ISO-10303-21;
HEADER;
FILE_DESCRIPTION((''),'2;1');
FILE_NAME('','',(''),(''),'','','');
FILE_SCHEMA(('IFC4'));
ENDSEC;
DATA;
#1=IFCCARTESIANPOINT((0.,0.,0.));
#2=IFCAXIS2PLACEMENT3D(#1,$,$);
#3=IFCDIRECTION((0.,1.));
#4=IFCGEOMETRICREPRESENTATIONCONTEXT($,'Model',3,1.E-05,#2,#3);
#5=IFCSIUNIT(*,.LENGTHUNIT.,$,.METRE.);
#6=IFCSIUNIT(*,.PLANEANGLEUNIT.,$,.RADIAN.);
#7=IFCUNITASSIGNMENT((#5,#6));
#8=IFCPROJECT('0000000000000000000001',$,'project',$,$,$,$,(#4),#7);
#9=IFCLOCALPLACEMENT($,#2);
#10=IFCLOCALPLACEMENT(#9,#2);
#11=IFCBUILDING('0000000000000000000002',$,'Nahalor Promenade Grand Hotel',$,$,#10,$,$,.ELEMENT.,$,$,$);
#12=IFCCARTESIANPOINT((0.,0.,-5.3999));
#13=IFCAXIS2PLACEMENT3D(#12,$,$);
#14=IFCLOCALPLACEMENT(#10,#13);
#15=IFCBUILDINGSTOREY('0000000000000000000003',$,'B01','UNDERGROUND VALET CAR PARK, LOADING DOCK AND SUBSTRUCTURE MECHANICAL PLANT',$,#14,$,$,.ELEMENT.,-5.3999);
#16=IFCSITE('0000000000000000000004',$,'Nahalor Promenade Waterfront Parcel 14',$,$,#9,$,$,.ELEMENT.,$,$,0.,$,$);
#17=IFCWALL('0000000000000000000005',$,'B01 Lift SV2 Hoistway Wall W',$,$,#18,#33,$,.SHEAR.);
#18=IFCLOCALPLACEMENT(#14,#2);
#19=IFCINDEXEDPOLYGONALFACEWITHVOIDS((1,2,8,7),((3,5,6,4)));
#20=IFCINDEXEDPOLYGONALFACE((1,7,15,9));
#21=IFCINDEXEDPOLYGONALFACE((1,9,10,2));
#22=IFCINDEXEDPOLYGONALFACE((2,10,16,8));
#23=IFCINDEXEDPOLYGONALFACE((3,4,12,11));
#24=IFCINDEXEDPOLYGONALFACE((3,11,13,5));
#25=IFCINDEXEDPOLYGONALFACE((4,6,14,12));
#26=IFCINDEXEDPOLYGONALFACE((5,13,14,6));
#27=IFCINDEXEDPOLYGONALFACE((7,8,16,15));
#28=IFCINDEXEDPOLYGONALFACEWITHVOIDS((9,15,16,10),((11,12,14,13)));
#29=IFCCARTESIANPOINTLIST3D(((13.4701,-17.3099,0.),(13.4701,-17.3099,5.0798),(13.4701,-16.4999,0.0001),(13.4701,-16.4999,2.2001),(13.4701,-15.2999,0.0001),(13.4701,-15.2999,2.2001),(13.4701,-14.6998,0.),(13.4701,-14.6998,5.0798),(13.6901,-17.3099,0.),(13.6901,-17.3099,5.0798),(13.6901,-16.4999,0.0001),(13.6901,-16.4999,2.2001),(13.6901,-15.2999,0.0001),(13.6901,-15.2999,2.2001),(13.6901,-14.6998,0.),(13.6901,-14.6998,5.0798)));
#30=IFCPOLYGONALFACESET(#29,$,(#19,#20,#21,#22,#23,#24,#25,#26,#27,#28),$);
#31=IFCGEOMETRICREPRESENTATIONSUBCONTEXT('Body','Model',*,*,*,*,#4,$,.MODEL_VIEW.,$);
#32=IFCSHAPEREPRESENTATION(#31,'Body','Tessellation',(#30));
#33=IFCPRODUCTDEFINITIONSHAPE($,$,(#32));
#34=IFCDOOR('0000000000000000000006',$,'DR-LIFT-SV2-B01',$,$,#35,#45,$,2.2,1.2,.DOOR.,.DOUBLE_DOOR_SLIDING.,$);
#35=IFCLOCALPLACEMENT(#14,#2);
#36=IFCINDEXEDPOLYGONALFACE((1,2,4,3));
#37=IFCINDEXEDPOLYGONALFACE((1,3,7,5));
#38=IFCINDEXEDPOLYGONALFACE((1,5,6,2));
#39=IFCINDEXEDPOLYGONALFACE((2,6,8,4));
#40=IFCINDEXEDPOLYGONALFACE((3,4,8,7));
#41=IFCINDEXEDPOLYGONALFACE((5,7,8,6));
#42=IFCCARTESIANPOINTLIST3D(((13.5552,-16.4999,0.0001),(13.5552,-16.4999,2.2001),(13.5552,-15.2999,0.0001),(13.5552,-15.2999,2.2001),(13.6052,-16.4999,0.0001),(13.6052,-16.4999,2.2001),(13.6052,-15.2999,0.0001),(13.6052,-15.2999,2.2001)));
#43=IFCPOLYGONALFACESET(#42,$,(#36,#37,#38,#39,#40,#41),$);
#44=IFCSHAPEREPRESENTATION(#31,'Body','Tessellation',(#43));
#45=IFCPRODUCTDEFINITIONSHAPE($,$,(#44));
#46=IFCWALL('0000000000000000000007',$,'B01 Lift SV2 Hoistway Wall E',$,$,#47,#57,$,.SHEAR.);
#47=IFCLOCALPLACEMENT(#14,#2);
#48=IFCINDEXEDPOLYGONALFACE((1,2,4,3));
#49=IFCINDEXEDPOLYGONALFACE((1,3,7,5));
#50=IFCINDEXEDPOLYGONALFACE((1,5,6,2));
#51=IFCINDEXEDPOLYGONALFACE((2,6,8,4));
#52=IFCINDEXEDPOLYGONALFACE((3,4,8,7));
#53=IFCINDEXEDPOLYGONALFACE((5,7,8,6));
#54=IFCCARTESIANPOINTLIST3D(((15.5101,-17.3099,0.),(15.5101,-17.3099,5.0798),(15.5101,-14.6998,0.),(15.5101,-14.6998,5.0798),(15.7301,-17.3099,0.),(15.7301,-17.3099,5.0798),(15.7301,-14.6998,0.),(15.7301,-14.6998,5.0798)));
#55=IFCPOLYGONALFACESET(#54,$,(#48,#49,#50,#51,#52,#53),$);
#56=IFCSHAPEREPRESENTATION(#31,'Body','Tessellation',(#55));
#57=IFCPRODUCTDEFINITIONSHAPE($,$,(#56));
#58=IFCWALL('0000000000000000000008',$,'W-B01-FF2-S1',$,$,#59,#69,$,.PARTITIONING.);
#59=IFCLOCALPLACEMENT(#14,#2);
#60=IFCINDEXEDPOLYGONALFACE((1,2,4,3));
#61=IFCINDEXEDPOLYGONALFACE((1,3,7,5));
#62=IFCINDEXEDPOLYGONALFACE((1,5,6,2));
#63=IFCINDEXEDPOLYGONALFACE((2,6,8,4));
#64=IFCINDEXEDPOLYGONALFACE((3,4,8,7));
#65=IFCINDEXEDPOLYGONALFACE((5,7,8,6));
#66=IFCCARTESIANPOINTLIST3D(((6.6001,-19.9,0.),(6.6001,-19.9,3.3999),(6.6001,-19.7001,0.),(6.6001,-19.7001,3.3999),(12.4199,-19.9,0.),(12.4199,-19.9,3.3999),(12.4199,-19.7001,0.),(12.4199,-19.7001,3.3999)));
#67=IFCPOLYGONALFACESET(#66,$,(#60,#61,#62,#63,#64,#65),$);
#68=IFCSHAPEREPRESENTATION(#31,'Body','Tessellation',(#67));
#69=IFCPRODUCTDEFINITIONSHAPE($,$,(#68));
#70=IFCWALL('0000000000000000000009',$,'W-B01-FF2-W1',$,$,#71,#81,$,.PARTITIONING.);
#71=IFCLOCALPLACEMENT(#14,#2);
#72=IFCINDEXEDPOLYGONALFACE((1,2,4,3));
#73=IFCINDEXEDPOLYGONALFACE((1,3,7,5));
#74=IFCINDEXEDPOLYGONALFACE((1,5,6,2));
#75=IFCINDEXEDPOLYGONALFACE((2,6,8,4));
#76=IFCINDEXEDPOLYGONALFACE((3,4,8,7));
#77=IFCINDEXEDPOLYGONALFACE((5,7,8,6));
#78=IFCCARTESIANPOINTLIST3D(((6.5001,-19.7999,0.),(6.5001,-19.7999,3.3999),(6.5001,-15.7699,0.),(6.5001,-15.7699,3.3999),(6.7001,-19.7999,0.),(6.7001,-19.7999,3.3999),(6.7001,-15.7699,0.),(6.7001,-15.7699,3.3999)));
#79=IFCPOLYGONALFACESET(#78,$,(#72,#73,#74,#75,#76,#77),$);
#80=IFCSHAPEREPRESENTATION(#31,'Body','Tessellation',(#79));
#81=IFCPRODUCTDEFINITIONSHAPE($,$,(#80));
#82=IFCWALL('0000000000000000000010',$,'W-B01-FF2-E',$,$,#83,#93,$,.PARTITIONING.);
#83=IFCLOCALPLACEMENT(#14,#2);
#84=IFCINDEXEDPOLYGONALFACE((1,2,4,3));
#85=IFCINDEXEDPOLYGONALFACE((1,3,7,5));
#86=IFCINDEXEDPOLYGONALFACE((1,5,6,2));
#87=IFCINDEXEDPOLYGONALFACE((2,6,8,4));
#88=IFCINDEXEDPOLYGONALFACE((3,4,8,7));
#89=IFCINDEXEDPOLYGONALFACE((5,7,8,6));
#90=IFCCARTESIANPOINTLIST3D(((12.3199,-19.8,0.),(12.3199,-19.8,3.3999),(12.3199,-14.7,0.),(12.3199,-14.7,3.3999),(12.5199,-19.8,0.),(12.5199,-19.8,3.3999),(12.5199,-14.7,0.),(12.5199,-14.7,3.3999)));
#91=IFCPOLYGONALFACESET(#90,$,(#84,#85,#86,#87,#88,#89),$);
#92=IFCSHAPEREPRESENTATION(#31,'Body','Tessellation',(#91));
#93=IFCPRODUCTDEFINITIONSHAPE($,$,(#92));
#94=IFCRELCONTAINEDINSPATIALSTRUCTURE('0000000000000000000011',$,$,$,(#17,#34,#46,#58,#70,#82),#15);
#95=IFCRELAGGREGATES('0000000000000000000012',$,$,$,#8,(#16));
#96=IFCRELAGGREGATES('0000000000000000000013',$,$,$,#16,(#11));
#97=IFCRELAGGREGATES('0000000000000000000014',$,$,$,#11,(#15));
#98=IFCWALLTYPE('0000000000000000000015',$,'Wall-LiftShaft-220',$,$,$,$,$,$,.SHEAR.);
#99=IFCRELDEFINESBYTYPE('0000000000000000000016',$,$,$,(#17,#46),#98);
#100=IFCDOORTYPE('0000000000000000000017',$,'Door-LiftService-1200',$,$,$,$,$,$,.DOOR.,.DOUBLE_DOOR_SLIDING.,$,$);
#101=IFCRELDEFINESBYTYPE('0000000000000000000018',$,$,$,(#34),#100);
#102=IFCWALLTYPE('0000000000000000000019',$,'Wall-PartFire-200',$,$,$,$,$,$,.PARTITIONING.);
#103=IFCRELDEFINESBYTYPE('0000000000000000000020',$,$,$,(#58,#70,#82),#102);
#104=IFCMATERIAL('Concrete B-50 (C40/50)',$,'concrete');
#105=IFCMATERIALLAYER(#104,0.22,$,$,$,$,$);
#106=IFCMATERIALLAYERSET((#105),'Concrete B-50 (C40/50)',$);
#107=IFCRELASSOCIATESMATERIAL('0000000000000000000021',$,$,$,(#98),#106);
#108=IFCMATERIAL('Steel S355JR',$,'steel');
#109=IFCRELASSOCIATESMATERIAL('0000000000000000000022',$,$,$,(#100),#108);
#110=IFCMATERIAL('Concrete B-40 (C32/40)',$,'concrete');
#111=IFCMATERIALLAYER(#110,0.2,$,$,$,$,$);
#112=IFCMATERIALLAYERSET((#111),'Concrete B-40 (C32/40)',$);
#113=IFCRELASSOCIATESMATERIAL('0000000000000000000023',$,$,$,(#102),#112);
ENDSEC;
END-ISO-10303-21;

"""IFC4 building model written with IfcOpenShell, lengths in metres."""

from ifc_helpers import new_model, si_unit, direction, frame, frame_2d, origin, place, context, subcontext, project, spatial, rectangle, extrude, source, transform, mapped, material, layer, layer_set, type_object, element, fill, save


model = new_model("IFC4")

# Units and contexts
model_context = context("Model", 3, precision=1e-05, world=origin(), true_north=direction((0.0, 1.0)))
body_context = subcontext(model_context, "Body", "Model", "MODEL_VIEW")
ifc_project = project(units=[si_unit("LENGTHUNIT", "METRE"), si_unit("PLANEANGLEUNIT", "RADIAN")], contexts=[model_context])

# Site, building, storey
site_placement = place(None, origin())
site = spatial("IfcSite", under=ifc_project, at=site_placement, Name="Nahalor Promenade Waterfront Parcel 14", CompositionType="ELEMENT", RefElevation=0.0)
building_placement = place(site_placement, origin())
building = spatial("IfcBuilding", under=site, at=building_placement, Name="Nahalor Promenade Grand Hotel", CompositionType="ELEMENT")
storey_placement = place(building_placement, frame((0.0, 0.0, -5.3999)))
storey = spatial("IfcBuildingStorey", under=building, at=storey_placement, Name="B01", Description="UNDERGROUND VALET CAR PARK, LOADING DOCK AND SUBSTRUCTURE MECHANICAL PLANT", CompositionType="ELEMENT", Elevation=-5.3999)

# Shared definitions
ifc_material_1 = material(Name="Steel S355JR", Category="steel")

# Shared definitions
ifc_material_2 = material(Name="Concrete B-50 (C40/50)", Category="concrete")
ifc_layer_1 = layer(ifc_material_2, 0.22)
ifc_layer_set_1 = layer_set([ifc_layer_1], Name="Concrete B-50 (C40/50)")
wall_type_1 = type_object("IfcWallType", Name="Wall-LiftShaft-220", PredefinedType="SHEAR", material=ifc_layer_set_1)

# Wall, opening, door
shared_shape_1 = source(origin(), body_context, "Body", "SweptSolid", [
    extrude(rectangle(XDim=2.6101, YDim=0.22, at=frame_2d((1.3052, 0.0))), origin(), (0.0, 0.0, 1.0), 5.0798),
])
wall_1_placement = place(storey_placement, frame((13.5801, -17.3101, 0.0), z_axis=(0.0, 0.0, 1.0), x_axis=(0.0, 1.0, 0.0)))
wall_1 = element("IfcWall", 1, at=wall_1_placement, inside=storey, type_object=wall_type_1, Name="B01 Lift SV2 Hoistway Wall W", PredefinedType="SHEAR", context=body_context, shape_type="MappedRepresentation", body=[
    mapped(shared_shape_1, transform((0.0, 0.0, 0.0), scale=1.0)),
])
opening_1_placement = place(wall_1_placement, frame((0.8101, 0.0, 0.0)))
opening_1 = element("IfcOpeningElement", 2, at=opening_1_placement, cuts=wall_1, PredefinedType="OPENING", context=body_context, shape_type="SweptSolid", body=[
    extrude(rectangle(XDim=1.2, YDim=2.2, at=frame_2d((0.6001, 1.1001))), frame((0.0, 0.1199, 0.0), z_axis=(0.0, -1.0, 0.0), x_axis=(1.0, 0.0, 0.0)), (0.0, 0.0, 1.0), 0.24),
])
door_type_1 = type_object("IfcDoorType", Name="Door-LiftService-1200", OperationType="DOUBLE_DOOR_SLIDING", PredefinedType="DOOR", material=ifc_material_1)
shared_shape_2 = source(origin(), body_context, "Body", "SweptSolid", [
    extrude(rectangle(XDim=1.2, YDim=2.2, at=frame_2d((0.6001, 1.1001))), frame((0.0, 0.0249, 0.0), z_axis=(0.0, -1.0, 0.0), x_axis=(1.0, 0.0, 0.0)), (0.0, 0.0, 1.0), 0.05),
])
door_1_placement = place(opening_1_placement, origin())
door_1 = element("IfcDoor", 3, at=door_1_placement, inside=storey, type_object=door_type_1, Name="DR-LIFT-SV2-B01", OperationType="DOUBLE_DOOR_SLIDING", OverallHeight=2.2, OverallWidth=1.2, PredefinedType="DOOR", context=body_context, shape_type="MappedRepresentation", body=[
    mapped(shared_shape_2, transform((0.0, 0.0, 0.0), scale=1.0)),
])
fill(opening_1, door_1)

# Walls
wall_2_placement = place(storey_placement, frame((15.6201, -17.3101, 0.0), z_axis=(0.0, 0.0, 1.0), x_axis=(0.0, 1.0, 0.0)))
element("IfcWall", 4, at=wall_2_placement, inside=storey, type_object=wall_type_1, Name="B01 Lift SV2 Hoistway Wall E", PredefinedType="SHEAR", context=body_context, shape_type="MappedRepresentation", body=[
    mapped(shared_shape_1, transform((0.0, 0.0, 0.0), scale=1.0)),
])
ifc_material_3 = material(Name="Concrete B-40 (C32/40)", Category="concrete")
ifc_layer_2 = layer(ifc_material_3, 0.2)
ifc_layer_set_2 = layer_set([ifc_layer_2], Name="Concrete B-40 (C32/40)")
wall_type_2 = type_object("IfcWallType", Name="Wall-PartFire-200", PredefinedType="PARTITIONING", material=ifc_layer_set_2)
shared_shape_3 = source(origin(), body_context, "Body", "SweptSolid", [
    extrude(rectangle(XDim=5.8198, YDim=0.2, at=frame_2d((2.9099, 0.0))), origin(), (0.0, 0.0, 1.0), 3.3999),
])
wall_3_placement = place(storey_placement, frame((6.6001, -19.8, 0.0), z_axis=(0.0, 0.0, 1.0), x_axis=(1.0, 0.0, 0.0)))
element("IfcWall", 5, at=wall_3_placement, inside=storey, type_object=wall_type_2, Name="W-B01-FF2-S1", PredefinedType="PARTITIONING", context=body_context, shape_type="MappedRepresentation", body=[
    mapped(shared_shape_3, transform((0.0, 0.0, 0.0), scale=1.0)),
])
shared_shape_4 = source(origin(), body_context, "Body", "SweptSolid", [
    extrude(rectangle(XDim=4.03, YDim=0.2, at=frame_2d((2.0151, 0.0))), origin(), (0.0, 0.0, 1.0), 3.3999),
])
wall_4_placement = place(storey_placement, frame((6.6001, -19.8, 0.0), z_axis=(0.0, 0.0, 1.0), x_axis=(0.0, 1.0, 0.0)))
element("IfcWall", 6, at=wall_4_placement, inside=storey, type_object=wall_type_2, Name="W-B01-FF2-W1", PredefinedType="PARTITIONING", context=body_context, shape_type="MappedRepresentation", body=[
    mapped(shared_shape_4, transform((0.0, 0.0, 0.0), scale=1.0)),
])
shared_shape_5 = source(origin(), body_context, "Body", "SweptSolid", [
    extrude(rectangle(XDim=5.1001, YDim=0.2, at=frame_2d((2.55, 0.0))), origin(), (0.0, 0.0, 1.0), 3.3999),
])
wall_5_placement = place(storey_placement, frame((12.4199, -19.8, 0.0), z_axis=(0.0, 0.0, 1.0), x_axis=(0.0, 1.0, 0.0)))
element("IfcWall", 7, at=wall_5_placement, inside=storey, type_object=wall_type_2, Name="W-B01-FF2-E", PredefinedType="PARTITIONING", context=body_context, shape_type="MappedRepresentation", body=[
    mapped(shared_shape_5, transform((0.0, 0.0, 0.0), scale=1.0)),
])

save(model, "model.ifc")
